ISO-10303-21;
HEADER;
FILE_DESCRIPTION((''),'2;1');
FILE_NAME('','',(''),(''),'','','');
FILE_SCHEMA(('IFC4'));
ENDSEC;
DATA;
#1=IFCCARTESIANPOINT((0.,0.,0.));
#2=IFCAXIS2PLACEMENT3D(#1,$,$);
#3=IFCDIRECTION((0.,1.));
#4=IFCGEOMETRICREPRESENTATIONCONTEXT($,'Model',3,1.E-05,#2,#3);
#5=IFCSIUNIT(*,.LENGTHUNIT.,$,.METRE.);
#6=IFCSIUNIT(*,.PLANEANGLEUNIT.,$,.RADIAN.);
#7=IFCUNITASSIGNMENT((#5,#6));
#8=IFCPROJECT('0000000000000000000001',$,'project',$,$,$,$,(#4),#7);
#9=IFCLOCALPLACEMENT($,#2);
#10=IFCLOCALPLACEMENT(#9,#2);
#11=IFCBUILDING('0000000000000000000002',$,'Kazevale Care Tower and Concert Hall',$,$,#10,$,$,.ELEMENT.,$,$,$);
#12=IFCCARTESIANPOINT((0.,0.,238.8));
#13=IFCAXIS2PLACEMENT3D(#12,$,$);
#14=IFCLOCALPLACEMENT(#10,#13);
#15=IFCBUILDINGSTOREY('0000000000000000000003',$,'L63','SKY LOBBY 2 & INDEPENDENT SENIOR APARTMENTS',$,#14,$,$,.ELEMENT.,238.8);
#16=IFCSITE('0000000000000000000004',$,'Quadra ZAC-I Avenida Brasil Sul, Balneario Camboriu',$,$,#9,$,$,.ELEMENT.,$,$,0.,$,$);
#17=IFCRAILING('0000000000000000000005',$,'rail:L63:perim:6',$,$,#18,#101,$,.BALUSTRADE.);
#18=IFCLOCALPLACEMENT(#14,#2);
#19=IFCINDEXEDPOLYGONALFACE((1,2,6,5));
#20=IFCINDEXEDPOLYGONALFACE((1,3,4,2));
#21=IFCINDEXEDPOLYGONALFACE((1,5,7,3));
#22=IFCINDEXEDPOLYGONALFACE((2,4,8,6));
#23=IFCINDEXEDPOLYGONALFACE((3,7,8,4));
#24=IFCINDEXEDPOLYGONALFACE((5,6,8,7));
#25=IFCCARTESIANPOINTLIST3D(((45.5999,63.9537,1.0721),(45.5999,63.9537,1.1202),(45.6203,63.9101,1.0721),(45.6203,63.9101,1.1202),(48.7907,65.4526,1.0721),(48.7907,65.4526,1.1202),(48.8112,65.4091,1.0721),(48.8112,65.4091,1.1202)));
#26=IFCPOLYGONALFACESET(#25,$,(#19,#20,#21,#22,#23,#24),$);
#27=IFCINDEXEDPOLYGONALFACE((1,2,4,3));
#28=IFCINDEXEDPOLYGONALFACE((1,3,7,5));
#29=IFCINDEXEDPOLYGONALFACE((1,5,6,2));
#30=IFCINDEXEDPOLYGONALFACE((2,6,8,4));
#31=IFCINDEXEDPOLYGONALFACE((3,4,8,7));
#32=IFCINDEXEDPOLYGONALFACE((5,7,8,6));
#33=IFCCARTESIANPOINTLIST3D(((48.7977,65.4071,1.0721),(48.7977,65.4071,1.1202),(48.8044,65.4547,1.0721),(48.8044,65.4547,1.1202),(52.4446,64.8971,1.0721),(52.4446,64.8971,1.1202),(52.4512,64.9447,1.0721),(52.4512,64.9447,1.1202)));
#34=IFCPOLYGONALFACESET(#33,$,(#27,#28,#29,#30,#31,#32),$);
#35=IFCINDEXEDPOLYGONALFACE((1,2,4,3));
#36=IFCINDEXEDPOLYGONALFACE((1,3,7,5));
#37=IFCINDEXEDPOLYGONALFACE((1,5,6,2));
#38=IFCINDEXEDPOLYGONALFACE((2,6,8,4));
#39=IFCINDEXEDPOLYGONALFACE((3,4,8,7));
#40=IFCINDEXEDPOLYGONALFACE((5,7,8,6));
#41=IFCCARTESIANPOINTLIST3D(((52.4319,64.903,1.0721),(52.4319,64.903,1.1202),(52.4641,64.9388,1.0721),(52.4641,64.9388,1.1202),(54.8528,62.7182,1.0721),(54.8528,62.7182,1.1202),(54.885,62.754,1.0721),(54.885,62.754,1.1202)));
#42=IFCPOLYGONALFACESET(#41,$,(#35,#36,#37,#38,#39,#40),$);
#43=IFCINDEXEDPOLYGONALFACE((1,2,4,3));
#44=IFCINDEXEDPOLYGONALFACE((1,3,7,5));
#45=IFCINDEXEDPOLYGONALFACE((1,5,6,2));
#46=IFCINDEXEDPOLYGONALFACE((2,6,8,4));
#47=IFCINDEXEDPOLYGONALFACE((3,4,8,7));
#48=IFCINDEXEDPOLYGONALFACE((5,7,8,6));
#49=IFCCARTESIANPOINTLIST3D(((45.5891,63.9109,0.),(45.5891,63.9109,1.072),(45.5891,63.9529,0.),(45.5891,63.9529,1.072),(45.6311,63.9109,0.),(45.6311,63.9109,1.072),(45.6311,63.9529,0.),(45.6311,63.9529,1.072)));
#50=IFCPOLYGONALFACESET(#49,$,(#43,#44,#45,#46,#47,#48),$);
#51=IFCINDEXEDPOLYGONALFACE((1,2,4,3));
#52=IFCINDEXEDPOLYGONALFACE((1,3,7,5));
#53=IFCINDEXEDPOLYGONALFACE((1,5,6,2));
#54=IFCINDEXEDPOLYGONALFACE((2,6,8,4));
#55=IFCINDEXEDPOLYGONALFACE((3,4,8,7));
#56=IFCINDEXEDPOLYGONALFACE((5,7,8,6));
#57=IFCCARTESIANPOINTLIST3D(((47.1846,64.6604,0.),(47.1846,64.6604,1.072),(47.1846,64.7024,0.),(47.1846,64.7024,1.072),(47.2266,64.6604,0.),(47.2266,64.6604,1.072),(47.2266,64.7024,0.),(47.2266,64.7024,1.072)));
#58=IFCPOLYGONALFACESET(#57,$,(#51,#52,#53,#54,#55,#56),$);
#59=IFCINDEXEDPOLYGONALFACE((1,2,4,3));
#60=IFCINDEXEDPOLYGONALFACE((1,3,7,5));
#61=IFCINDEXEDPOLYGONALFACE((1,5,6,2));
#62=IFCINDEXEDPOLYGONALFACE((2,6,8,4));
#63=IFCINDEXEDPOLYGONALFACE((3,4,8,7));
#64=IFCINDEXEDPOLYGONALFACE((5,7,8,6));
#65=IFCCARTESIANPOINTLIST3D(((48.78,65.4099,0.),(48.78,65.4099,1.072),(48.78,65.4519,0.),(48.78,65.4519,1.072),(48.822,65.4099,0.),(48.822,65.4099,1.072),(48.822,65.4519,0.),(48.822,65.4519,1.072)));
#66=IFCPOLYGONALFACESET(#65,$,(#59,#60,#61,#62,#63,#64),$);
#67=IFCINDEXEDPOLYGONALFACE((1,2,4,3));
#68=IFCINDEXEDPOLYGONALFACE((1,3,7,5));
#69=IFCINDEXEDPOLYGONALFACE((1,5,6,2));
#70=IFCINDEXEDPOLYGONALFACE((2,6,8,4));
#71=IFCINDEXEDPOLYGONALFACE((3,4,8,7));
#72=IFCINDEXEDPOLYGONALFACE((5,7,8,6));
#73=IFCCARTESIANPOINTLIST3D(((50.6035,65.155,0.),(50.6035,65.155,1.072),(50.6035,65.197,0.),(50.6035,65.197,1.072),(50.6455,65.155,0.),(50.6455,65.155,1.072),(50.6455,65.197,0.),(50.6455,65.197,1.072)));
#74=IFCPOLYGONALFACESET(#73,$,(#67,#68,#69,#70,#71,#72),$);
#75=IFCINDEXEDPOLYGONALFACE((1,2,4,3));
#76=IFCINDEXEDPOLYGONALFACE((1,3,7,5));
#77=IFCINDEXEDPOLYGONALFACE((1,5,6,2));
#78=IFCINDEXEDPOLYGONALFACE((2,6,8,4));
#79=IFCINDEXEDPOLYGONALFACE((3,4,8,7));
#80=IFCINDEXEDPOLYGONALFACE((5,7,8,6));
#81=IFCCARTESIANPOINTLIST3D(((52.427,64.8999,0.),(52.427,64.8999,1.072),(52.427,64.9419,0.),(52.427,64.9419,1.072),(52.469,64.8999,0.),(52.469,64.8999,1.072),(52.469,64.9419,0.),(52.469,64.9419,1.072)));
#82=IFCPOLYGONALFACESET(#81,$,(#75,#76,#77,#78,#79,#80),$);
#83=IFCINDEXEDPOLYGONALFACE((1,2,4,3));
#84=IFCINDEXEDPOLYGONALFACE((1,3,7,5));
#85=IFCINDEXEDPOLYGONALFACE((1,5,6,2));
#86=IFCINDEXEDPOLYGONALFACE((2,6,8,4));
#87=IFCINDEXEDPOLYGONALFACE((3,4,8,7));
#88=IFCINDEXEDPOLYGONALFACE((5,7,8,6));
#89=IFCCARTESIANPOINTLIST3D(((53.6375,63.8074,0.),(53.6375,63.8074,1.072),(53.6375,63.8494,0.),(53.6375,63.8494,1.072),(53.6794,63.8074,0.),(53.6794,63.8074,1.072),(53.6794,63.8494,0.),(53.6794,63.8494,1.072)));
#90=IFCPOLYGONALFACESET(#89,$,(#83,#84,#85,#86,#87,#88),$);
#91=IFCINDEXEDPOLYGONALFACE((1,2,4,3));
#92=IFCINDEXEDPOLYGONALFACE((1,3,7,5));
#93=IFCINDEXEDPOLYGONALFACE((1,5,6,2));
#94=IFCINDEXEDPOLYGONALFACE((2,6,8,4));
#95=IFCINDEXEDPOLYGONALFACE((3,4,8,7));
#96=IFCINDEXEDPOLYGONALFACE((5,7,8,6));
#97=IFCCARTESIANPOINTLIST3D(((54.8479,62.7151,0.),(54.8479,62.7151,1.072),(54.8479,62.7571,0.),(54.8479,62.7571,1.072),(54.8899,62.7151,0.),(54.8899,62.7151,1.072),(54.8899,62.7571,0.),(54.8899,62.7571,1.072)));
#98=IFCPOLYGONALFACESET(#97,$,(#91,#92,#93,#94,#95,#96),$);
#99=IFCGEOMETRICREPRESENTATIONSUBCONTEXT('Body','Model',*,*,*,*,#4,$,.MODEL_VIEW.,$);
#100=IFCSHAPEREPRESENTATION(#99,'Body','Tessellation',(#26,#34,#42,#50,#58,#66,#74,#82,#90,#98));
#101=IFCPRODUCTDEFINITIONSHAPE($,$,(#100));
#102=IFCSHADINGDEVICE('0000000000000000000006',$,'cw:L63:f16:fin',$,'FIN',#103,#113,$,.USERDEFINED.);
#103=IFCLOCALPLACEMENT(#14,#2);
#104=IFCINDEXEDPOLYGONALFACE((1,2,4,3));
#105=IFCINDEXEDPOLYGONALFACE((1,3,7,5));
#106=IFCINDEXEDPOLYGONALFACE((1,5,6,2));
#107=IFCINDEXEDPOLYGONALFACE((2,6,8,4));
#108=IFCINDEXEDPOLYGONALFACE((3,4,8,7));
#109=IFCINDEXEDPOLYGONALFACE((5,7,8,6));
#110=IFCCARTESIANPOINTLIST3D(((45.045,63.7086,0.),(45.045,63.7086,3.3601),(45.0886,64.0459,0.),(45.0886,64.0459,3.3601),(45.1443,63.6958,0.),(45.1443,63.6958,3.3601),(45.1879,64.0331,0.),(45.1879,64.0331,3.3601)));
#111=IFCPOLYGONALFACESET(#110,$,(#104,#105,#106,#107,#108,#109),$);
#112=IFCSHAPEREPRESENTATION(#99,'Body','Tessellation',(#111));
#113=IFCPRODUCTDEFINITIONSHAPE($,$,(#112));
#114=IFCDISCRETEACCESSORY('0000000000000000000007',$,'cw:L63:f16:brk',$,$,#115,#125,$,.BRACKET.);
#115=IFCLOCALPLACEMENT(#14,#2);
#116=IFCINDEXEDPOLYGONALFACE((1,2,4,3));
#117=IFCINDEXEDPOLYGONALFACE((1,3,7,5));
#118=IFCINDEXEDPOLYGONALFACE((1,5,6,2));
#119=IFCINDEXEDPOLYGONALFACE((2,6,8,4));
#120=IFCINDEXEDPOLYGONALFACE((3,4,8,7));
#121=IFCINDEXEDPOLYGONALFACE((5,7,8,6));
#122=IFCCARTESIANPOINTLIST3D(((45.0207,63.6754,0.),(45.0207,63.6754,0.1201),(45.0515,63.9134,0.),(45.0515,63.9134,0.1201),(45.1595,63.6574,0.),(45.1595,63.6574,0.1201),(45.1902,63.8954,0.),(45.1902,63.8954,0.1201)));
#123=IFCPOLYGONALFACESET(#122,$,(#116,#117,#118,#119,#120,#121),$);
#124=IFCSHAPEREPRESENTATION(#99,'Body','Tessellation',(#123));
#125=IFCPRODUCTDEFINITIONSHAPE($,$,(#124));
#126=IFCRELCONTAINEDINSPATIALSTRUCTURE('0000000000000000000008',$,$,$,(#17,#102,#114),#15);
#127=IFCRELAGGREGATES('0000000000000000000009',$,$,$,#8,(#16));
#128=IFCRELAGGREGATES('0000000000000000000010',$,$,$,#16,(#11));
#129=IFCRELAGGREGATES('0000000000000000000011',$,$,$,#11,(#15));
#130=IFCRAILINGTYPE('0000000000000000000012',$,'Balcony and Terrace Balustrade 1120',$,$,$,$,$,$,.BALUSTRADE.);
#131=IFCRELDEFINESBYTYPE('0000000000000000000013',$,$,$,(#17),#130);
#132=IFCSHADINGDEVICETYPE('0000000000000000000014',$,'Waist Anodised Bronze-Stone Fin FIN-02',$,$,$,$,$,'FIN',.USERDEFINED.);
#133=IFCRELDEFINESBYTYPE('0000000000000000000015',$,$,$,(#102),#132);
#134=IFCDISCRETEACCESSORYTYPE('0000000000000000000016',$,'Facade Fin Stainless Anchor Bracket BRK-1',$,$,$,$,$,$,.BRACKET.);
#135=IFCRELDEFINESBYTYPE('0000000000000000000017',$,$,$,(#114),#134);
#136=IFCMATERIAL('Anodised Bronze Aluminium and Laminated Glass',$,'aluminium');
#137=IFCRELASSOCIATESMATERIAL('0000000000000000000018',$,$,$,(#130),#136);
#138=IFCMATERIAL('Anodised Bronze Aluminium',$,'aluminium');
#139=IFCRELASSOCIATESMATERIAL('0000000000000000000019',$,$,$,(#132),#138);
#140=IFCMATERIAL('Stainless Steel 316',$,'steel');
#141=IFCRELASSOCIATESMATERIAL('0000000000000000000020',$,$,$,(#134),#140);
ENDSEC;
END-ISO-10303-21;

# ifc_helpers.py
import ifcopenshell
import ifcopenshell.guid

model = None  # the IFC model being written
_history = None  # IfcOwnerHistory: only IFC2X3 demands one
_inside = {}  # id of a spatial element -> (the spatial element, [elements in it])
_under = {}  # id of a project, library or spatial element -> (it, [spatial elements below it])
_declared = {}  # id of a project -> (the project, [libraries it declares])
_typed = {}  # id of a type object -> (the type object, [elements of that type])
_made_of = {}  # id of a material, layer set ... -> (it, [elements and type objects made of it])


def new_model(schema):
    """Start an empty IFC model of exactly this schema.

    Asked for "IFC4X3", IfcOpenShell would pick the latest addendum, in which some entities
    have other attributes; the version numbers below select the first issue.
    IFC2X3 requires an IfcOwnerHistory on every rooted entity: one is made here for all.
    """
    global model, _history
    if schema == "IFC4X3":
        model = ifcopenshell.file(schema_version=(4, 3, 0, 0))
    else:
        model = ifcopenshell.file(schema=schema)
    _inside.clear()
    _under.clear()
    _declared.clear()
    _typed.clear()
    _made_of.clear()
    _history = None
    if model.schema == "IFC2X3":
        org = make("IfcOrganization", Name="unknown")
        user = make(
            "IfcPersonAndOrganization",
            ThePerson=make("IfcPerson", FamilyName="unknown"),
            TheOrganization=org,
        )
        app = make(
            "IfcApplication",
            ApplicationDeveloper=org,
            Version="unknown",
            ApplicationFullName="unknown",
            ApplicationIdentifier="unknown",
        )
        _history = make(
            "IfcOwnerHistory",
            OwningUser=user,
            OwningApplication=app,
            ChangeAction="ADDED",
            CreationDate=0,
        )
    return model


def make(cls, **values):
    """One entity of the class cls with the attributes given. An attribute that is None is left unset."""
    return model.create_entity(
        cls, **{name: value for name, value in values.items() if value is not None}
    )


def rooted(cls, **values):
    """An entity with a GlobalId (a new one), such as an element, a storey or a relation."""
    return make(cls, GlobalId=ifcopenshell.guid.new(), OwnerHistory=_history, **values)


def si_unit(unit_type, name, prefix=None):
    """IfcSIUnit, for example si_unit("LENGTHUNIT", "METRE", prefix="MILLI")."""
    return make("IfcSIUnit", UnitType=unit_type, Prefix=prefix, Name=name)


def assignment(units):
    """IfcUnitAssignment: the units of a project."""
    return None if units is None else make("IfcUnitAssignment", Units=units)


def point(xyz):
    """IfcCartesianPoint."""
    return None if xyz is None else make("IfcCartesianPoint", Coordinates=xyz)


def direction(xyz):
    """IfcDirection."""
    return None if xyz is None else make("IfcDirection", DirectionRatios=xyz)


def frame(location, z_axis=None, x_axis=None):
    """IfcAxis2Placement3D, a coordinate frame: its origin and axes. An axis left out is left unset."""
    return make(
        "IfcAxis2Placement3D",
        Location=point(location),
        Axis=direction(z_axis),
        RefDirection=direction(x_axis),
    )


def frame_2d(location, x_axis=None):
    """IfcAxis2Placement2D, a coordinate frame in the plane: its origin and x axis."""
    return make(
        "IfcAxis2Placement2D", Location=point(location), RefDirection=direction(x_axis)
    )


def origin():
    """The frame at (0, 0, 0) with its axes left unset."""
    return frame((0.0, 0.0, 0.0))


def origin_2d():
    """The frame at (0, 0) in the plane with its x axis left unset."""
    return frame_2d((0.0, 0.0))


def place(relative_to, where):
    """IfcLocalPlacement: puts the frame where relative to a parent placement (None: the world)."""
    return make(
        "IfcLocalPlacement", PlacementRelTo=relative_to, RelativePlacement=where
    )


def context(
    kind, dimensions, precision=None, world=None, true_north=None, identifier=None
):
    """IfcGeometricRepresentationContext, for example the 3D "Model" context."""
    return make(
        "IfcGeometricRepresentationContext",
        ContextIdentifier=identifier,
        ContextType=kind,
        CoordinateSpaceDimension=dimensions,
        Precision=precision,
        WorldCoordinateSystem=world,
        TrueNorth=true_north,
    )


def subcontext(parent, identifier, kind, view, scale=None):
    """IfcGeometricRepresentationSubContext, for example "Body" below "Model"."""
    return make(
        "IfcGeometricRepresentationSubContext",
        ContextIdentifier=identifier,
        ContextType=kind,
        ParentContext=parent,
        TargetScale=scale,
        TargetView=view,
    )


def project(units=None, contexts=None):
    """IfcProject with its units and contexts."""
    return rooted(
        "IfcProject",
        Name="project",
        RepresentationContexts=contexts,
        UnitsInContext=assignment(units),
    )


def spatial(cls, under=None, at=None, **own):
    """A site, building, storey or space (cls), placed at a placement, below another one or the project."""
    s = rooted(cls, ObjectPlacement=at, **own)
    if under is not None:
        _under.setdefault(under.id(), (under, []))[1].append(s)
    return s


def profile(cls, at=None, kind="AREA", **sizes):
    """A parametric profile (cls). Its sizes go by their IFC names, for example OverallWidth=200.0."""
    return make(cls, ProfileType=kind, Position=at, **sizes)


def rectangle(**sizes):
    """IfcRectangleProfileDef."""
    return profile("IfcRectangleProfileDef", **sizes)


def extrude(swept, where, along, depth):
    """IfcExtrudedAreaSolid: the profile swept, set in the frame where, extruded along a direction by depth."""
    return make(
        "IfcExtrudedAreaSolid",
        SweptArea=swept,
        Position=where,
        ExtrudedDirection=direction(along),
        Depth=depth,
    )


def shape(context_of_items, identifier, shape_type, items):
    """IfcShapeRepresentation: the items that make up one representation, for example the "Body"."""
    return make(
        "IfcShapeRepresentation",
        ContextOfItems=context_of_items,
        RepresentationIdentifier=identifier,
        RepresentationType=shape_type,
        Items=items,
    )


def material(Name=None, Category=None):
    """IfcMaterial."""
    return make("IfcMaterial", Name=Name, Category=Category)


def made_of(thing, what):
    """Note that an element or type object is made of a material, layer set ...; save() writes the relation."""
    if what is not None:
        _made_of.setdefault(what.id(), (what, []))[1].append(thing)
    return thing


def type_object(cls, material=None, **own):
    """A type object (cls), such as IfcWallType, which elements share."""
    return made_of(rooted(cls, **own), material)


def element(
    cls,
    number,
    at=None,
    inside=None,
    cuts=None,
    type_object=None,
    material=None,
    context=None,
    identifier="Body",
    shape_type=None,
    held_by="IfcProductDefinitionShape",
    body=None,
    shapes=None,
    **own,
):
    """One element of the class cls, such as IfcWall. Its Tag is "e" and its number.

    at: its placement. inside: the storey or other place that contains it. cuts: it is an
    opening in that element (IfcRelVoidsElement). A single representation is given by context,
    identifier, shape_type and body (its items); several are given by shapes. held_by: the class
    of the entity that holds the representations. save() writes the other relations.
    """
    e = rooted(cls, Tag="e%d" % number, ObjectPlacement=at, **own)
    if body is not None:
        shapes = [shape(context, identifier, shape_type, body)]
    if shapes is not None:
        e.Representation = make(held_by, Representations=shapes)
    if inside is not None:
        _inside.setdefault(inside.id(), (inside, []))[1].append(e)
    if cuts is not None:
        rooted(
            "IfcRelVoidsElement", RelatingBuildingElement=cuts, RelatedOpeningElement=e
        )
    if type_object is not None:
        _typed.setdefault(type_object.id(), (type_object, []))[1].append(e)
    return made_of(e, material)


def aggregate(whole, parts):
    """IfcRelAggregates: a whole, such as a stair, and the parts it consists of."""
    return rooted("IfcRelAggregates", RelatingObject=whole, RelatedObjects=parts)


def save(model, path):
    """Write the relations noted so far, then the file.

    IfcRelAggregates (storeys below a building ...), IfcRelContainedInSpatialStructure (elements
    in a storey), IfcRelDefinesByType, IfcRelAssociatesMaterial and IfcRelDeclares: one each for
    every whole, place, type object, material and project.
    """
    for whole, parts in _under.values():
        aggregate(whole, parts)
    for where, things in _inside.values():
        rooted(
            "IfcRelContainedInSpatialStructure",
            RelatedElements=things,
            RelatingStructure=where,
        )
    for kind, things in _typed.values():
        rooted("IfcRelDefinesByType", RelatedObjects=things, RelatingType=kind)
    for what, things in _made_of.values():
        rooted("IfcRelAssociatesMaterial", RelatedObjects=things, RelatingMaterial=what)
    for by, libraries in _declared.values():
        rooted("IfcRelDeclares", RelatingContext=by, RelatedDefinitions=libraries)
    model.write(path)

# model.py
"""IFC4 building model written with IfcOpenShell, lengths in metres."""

from ifc_helpers import new_model, si_unit, direction, frame, origin, origin_2d, place, context, subcontext, project, spatial, rectangle, extrude, material, type_object, element, save


model = new_model("IFC4")

# Units and contexts
model_context = context("Model", 3, precision=1e-05, world=origin(), true_north=direction((0.0, 1.0)))
body_context = subcontext(model_context, "Body", "Model", "MODEL_VIEW")
ifc_project = project(units=[si_unit("LENGTHUNIT", "METRE"), si_unit("PLANEANGLEUNIT", "RADIAN")], contexts=[model_context])

# Site, building, storey
site_placement = place(None, origin())
site = spatial("IfcSite", under=ifc_project, at=site_placement, Name="Quadra ZAC-I Avenida Brasil Sul, Balneario Camboriu", CompositionType="ELEMENT", RefElevation=0.0)
building_placement = place(site_placement, origin())
building = spatial("IfcBuilding", under=site, at=building_placement, Name="Kazevale Care Tower and Concert Hall", CompositionType="ELEMENT")
storey_placement = place(building_placement, frame((0.0, 0.0, 238.8)))
storey = spatial("IfcBuildingStorey", under=building, at=storey_placement, Name="L63", Description="SKY LOBBY 2 & INDEPENDENT SENIOR APARTMENTS", CompositionType="ELEMENT", Elevation=238.8)

# Railing
ifc_material_1 = material(Name="Anodised Bronze Aluminium and Laminated Glass", Category="aluminium")
railing_type = type_object("IfcRailingType", Name="Balcony and Terrace Balustrade 1120", PredefinedType="BALUSTRADE", material=ifc_material_1)
railing_placement = place(storey_placement, frame((45.6101, 63.9319, 0.0)))
element("IfcRailing", 1, at=railing_placement, inside=storey, type_object=railing_type, Name="rail:L63:perim:6", PredefinedType="BALUSTRADE", context=body_context, shape_type="SweptSolid", body=[
    extrude(rectangle(XDim=0.0481, YDim=0.0481, at=origin_2d()), frame((0.0, 0.0, 1.0962), z_axis=(0.905101, 0.425197, 0.0), x_axis=(-0.425197, 0.905101, 0.0)), (0.0, 0.0, 1.0), 3.5254),
    extrude(rectangle(XDim=0.0481, YDim=0.0481, at=origin_2d()), frame((3.1909, 1.499, 1.0962), z_axis=(0.990363, -0.138497, 0.0), x_axis=(0.138497, 0.990363, 0.0)), (0.0, 0.0, 1.0), 3.6824),
    extrude(rectangle(XDim=0.0481, YDim=0.0481, at=origin_2d()), frame((6.8379, 0.989, 1.0962), z_axis=(0.742378, -0.669982, 0.0), x_axis=(0.669982, 0.742378, 0.0)), (0.0, 0.0, 1.0), 3.261),
    extrude(rectangle(XDim=0.042, YDim=0.042, at=origin_2d()), origin(), (0.0, 0.0, 1.0), 1.072),
    extrude(rectangle(XDim=0.042, YDim=0.042, at=origin_2d()), frame((1.5955, 0.7495, 0.0)), (0.0, 0.0, 1.0), 1.072),
    extrude(rectangle(XDim=0.042, YDim=0.042, at=origin_2d()), frame((3.1909, 1.499, 0.0)), (0.0, 0.0, 1.0), 1.072),
    extrude(rectangle(XDim=0.042, YDim=0.042, at=origin_2d()), frame((5.0144, 1.2441, 0.0)), (0.0, 0.0, 1.0), 1.072),
    extrude(rectangle(XDim=0.042, YDim=0.042, at=origin_2d()), frame((6.8379, 0.989, 0.0)), (0.0, 0.0, 1.0), 1.072),
    extrude(rectangle(XDim=0.042, YDim=0.042, at=origin_2d()), frame((8.0483, -0.1035, 0.0)), (0.0, 0.0, 1.0), 1.072),
    extrude(rectangle(XDim=0.042, YDim=0.042, at=origin_2d()), frame((9.2588, -1.1958, 0.0)), (0.0, 0.0, 1.0), 1.072),
])

# Shading device
ifc_material_2 = material(Name="Anodised Bronze Aluminium", Category="aluminium")
shading_device_type = type_object("IfcShadingDeviceType", Name="Waist Anodised Bronze-Stone Fin FIN-02", ElementType="FIN", PredefinedType="USERDEFINED", material=ifc_material_2)
shading_device_placement = place(storey_placement, frame((45.1165, 63.8708, 0.0), z_axis=(0.0, 0.0, 1.0), x_axis=(0.128103, 0.991761, 0.0)))
element("IfcShadingDevice", 2, at=shading_device_placement, inside=storey, type_object=shading_device_type, Name="cw:L63:f16:fin", ObjectType="FIN", PredefinedType="USERDEFINED", context=body_context, shape_type="SweptSolid", body=[
    extrude(rectangle(XDim=0.3401, YDim=0.1001, at=origin_2d()), origin(), (0.0, 0.0, 1.0), 3.3601),
])

# Discrete accessory
ifc_material_3 = material(Name="Stainless Steel 316", Category="steel")
discrete_accessory_type = type_object("IfcDiscreteAccessoryType", Name="Facade Fin Stainless Anchor Bracket BRK-1", PredefinedType="BRACKET", material=ifc_material_3)
discrete_accessory_placement = place(storey_placement, frame((45.1055, 63.7854, 0.0), z_axis=(0.0, 0.0, 1.0), x_axis=(0.128103, 0.991761, 0.0)))
element("IfcDiscreteAccessory", 3, at=discrete_accessory_placement, inside=storey, type_object=discrete_accessory_type, Name="cw:L63:f16:brk", PredefinedType="BRACKET", context=body_context, shape_type="SweptSolid", body=[
    extrude(rectangle(XDim=0.24, YDim=0.1399, at=origin_2d()), origin(), (0.0, 0.0, 1.0), 0.1201),
])

save(model, "model.ifc")
